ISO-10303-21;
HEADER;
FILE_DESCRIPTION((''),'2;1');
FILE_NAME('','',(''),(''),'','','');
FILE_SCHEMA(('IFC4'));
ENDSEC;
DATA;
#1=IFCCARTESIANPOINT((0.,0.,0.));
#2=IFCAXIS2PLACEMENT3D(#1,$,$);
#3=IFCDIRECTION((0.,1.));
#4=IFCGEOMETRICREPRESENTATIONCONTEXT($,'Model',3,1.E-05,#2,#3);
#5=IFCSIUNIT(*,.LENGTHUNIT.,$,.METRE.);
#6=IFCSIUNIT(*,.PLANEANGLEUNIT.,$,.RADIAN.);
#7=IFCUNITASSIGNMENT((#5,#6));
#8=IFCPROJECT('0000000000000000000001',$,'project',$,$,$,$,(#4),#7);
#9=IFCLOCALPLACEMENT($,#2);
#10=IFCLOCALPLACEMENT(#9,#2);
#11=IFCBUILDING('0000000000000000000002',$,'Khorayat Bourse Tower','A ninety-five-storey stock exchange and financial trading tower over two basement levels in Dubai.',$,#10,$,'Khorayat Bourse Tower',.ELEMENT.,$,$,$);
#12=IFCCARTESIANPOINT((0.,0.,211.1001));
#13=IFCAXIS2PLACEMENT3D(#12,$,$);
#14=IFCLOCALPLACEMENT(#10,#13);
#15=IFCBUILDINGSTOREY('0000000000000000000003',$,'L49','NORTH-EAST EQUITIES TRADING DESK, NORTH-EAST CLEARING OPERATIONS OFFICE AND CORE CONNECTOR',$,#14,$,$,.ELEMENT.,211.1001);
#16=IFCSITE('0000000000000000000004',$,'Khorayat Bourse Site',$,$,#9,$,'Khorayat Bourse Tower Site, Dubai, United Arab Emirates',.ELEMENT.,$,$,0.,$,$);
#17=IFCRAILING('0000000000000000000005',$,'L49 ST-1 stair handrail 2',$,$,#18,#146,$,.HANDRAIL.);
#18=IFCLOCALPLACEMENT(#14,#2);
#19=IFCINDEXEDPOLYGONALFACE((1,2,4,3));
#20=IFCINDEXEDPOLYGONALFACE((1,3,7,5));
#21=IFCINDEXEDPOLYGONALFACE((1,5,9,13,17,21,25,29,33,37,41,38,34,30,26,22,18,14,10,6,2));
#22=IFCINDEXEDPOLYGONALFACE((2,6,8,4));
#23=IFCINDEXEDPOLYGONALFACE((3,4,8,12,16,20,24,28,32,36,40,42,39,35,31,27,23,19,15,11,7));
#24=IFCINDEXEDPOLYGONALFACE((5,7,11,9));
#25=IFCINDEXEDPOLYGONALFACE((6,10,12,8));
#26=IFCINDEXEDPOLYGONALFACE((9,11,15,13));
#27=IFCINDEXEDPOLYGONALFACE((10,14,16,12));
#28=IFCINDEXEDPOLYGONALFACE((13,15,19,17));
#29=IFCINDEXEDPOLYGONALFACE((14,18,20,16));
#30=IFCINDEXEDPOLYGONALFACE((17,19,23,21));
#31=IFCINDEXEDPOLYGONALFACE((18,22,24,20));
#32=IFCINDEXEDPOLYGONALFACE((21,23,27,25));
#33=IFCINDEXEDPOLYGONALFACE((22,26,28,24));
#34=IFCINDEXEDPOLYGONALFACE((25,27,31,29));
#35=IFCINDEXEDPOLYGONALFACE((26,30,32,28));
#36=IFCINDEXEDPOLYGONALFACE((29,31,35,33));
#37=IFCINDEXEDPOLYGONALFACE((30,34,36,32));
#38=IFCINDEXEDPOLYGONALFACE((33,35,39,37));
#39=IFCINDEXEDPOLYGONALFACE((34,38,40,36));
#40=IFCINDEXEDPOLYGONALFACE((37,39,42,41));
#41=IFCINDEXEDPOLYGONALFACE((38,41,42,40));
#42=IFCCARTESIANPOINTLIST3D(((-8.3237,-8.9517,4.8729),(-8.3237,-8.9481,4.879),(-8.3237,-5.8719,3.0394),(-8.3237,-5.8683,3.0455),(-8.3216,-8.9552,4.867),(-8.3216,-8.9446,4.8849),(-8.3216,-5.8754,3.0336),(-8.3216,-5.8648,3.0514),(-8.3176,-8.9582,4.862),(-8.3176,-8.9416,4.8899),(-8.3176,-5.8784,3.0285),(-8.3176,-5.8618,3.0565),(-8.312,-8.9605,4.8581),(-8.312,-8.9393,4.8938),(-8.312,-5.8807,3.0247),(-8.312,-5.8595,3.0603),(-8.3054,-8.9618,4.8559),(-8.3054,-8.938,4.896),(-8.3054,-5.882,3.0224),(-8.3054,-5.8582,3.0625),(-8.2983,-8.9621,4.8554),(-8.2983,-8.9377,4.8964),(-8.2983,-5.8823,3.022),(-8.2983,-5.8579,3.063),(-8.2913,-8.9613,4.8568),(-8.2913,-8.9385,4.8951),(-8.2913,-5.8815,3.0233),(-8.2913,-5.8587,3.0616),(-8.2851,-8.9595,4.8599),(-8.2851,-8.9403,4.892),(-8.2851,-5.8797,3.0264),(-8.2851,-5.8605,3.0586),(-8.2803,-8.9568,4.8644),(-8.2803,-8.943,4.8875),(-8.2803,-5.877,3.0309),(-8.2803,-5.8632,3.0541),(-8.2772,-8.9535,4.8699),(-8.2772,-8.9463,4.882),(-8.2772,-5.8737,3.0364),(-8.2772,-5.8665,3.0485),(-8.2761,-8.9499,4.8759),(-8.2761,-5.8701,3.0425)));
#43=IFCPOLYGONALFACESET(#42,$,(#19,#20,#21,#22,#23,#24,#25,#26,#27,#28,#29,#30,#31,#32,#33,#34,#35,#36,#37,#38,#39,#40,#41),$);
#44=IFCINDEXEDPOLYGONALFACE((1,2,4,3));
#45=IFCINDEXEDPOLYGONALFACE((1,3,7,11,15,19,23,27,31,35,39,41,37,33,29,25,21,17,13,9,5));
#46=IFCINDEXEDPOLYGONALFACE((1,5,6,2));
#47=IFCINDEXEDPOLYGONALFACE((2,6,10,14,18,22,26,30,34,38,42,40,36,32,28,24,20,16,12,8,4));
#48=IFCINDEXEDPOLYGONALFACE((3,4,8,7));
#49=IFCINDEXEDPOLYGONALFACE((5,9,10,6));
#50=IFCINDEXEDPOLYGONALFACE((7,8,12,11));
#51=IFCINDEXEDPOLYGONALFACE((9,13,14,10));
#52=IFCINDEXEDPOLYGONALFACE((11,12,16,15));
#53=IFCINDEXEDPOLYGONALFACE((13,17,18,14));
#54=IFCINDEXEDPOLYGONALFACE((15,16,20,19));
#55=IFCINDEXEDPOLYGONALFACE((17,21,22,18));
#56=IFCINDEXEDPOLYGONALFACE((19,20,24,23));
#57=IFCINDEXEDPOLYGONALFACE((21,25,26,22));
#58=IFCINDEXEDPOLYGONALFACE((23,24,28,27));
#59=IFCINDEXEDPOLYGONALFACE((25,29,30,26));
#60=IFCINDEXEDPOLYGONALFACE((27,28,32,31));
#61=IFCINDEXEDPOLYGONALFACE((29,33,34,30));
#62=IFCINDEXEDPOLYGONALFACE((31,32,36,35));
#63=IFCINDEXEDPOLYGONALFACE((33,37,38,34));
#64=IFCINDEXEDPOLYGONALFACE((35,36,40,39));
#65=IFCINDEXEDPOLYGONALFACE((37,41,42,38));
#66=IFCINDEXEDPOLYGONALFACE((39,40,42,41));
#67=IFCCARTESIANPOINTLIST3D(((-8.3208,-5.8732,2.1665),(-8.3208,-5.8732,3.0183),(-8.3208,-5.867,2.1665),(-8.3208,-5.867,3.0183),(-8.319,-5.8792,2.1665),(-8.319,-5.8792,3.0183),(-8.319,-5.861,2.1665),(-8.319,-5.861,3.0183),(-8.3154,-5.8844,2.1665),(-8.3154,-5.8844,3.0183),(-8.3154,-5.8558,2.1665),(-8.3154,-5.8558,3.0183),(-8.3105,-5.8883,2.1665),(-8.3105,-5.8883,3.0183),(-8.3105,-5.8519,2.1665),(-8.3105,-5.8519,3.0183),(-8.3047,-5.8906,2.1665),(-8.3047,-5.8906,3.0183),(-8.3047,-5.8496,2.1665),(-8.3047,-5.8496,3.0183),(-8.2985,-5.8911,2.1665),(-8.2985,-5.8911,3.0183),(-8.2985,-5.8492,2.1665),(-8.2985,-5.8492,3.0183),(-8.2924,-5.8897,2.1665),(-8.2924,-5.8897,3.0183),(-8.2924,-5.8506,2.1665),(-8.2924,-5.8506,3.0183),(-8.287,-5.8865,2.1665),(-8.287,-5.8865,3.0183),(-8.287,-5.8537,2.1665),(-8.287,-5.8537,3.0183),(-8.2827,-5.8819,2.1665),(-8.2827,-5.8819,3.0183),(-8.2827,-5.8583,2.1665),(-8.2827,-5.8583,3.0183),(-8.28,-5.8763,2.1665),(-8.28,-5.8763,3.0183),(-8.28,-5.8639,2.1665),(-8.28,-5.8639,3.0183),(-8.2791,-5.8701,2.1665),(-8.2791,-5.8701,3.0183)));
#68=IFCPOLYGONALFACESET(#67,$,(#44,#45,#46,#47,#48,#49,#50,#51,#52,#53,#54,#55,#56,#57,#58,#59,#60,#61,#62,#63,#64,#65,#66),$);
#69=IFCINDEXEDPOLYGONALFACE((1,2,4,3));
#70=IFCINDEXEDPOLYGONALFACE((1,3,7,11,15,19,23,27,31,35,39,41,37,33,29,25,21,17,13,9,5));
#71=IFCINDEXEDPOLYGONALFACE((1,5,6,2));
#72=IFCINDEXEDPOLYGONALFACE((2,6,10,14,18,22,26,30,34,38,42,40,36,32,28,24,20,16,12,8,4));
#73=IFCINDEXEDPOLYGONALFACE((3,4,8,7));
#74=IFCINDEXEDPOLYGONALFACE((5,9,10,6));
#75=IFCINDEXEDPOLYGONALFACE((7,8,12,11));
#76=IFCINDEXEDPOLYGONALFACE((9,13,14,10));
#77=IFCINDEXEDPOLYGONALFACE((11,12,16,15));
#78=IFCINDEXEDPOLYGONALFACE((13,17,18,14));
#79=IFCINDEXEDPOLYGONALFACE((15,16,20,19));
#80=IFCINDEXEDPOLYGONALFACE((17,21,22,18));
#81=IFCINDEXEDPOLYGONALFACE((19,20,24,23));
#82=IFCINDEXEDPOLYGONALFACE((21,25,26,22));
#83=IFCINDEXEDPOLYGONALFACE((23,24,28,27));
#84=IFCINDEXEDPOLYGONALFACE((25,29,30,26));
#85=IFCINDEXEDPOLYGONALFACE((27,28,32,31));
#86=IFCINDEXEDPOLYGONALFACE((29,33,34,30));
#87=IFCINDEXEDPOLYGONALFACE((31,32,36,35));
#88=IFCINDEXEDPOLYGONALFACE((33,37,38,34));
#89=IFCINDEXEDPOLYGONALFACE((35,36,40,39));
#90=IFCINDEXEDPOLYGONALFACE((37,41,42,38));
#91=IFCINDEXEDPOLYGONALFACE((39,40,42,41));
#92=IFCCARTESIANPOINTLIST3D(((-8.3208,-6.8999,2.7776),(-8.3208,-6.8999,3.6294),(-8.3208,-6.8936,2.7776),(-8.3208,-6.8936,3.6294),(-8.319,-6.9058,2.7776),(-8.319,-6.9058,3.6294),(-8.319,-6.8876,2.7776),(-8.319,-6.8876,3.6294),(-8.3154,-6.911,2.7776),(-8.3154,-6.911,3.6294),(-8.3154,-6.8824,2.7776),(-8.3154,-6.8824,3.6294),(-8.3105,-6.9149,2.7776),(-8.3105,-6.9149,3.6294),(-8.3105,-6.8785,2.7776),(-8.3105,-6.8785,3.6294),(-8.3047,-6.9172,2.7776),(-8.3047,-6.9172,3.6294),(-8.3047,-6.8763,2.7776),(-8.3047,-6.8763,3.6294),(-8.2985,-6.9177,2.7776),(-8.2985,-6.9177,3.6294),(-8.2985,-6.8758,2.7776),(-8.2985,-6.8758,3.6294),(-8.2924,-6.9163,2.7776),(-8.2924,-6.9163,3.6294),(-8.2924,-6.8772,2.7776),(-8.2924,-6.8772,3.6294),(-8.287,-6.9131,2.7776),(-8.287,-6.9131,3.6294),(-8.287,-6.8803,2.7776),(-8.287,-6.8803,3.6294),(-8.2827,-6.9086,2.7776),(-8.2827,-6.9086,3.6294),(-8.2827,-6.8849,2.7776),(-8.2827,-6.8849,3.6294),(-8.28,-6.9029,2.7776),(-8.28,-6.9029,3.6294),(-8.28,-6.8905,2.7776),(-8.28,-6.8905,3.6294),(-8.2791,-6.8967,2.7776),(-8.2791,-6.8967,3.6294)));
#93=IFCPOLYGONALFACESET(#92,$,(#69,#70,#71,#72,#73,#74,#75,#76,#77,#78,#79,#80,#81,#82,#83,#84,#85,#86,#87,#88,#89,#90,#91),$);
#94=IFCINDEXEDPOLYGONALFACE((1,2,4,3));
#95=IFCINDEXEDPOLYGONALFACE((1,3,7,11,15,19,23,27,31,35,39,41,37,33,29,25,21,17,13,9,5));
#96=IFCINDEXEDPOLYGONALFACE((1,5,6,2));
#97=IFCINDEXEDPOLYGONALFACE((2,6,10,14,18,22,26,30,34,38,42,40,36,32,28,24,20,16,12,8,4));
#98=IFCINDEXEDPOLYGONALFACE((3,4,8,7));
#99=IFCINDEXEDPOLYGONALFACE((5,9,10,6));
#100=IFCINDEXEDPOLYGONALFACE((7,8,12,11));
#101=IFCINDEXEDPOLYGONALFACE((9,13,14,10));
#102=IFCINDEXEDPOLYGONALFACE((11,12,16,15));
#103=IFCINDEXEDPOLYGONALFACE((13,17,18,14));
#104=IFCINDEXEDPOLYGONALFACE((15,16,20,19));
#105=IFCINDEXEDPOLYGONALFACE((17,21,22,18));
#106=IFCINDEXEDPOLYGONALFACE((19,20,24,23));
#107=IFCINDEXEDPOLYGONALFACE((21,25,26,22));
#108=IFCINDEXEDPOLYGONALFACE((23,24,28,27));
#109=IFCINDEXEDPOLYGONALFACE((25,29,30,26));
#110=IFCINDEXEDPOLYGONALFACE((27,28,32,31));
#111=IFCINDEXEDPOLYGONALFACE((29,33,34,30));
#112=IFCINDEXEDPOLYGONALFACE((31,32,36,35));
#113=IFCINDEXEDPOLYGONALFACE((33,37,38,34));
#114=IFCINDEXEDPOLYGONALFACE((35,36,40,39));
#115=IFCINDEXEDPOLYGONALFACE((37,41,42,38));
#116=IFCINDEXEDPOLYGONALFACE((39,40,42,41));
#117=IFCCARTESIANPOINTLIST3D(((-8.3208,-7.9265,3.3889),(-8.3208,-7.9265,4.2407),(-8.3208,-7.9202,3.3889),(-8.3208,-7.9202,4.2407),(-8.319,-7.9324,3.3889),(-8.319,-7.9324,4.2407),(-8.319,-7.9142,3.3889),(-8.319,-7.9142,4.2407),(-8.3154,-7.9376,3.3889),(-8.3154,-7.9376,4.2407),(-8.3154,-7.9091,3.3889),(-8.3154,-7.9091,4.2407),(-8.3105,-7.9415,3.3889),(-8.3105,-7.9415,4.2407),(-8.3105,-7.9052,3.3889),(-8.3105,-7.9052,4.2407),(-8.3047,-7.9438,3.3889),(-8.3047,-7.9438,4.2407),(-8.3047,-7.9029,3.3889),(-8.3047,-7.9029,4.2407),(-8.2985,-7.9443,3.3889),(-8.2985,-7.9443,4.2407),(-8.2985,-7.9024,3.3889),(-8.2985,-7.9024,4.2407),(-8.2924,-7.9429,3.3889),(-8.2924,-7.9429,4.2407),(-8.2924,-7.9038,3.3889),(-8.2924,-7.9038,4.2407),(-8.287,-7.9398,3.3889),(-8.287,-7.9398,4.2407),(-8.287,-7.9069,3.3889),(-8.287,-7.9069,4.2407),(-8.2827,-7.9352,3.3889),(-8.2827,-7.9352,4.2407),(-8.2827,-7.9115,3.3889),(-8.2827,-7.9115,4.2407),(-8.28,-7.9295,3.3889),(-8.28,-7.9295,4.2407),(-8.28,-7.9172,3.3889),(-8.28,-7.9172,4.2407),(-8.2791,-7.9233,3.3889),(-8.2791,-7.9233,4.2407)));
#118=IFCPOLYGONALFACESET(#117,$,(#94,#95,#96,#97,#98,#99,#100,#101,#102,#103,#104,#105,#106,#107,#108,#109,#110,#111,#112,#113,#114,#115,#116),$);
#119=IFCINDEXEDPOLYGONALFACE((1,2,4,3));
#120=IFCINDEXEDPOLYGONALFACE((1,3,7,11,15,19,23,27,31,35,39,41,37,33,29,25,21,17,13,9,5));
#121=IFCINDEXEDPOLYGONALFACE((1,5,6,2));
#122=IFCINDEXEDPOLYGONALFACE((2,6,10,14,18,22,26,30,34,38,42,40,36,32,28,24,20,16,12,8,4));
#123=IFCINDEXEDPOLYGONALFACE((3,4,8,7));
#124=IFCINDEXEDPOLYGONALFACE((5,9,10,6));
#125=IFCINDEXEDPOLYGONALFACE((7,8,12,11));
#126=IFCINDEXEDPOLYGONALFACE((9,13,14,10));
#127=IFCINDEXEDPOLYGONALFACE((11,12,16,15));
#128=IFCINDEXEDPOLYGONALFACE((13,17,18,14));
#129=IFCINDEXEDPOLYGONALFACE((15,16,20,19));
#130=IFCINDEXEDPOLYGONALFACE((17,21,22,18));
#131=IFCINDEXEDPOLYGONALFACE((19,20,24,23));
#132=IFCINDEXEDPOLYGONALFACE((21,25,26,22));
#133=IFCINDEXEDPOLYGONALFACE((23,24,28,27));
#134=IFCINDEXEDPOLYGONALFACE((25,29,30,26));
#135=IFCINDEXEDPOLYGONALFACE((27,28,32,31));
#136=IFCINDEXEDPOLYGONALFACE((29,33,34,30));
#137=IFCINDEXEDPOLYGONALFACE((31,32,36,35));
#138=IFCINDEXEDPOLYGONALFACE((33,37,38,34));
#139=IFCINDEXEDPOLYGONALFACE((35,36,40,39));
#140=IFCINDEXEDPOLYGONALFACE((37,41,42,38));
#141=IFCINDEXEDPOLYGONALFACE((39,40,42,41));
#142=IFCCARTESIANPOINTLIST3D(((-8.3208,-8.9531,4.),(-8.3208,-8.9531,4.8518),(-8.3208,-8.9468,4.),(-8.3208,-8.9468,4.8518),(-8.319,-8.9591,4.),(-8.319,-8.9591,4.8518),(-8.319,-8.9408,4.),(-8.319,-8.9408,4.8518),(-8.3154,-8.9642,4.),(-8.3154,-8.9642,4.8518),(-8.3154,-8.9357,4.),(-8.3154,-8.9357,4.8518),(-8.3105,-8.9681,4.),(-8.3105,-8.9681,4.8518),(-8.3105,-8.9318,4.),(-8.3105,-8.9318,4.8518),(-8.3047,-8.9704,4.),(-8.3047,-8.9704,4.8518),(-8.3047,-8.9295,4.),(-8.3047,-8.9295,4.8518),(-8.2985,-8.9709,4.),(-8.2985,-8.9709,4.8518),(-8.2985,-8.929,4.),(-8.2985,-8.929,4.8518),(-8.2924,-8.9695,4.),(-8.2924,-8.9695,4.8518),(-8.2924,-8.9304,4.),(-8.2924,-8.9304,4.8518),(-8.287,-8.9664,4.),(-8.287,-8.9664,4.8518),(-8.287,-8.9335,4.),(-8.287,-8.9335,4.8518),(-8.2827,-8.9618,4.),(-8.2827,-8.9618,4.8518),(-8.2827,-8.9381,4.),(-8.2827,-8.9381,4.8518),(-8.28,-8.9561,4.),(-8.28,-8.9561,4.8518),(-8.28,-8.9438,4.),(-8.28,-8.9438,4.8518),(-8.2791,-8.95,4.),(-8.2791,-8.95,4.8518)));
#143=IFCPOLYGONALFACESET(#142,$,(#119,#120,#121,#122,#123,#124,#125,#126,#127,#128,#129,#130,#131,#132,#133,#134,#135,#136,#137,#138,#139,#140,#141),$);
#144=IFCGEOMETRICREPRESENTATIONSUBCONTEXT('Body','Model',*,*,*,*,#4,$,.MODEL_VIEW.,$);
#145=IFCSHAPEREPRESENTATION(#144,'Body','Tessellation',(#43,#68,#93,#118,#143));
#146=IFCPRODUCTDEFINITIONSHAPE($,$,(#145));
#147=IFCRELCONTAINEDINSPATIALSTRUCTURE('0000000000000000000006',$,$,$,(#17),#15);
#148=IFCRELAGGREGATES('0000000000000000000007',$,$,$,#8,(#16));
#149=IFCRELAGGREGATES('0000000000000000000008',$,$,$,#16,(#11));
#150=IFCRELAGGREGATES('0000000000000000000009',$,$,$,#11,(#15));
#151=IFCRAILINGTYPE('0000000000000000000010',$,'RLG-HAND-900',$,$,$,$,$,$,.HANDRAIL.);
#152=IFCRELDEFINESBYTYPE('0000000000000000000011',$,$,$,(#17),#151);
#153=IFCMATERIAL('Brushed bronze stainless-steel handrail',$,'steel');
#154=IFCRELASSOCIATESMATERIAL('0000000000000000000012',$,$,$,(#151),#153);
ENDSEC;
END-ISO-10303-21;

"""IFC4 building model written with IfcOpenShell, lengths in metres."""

from ifc_helpers import new_model, si_unit, direction, frame, origin, origin_2d, place, context, subcontext, project, spatial, circle, extrude, source, transform, mapped, material, type_object, element, save


model = new_model("IFC4")

# Units and contexts
model_context = context("Model", 3, precision=1e-05, world=origin(), true_north=direction((0.0, 1.0)))
body_context = subcontext(model_context, "Body", "Model", "MODEL_VIEW")
ifc_project = project(units=[si_unit("LENGTHUNIT", "METRE"), si_unit("PLANEANGLEUNIT", "RADIAN")], contexts=[model_context])

# Site, building, storey
site_placement = place(None, origin())
site = spatial("IfcSite", under=ifc_project, at=site_placement, Name="Khorayat Bourse Site", LongName="Khorayat Bourse Tower Site, Dubai, United Arab Emirates", CompositionType="ELEMENT", RefElevation=0.0)
building_placement = place(site_placement, origin())
building = spatial("IfcBuilding", under=site, at=building_placement, Name="Khorayat Bourse Tower", Description="A ninety-five-storey stock exchange and financial trading tower over two basement levels in Dubai.", LongName="Khorayat Bourse Tower", CompositionType="ELEMENT")
storey_placement = place(building_placement, frame((0.0, 0.0, 211.1001)))
storey = spatial("IfcBuildingStorey", under=building, at=storey_placement, Name="L49", Description="NORTH-EAST EQUITIES TRADING DESK, NORTH-EAST CLEARING OPERATIONS OFFICE AND CORE CONNECTOR", CompositionType="ELEMENT", Elevation=211.1001)

# Railing
ifc_material_1 = material(Name="Brushed bronze stainless-steel handrail", Category="steel")
railing_type_1 = type_object("IfcRailingType", Name="RLG-HAND-900", PredefinedType="HANDRAIL", material=ifc_material_1)
shared_shape_1 = source(origin(), body_context, "Body", "SweptSolid", [
    extrude(circle(Radius=0.0239, at=origin_2d()), frame((0.0, 0.0, 0.876), z_axis=(0.0, -0.859261, 0.511538), x_axis=(1.0, 0.0, 0.0)), (0.0, 0.0, 1.0), 3.5842),
    extrude(circle(Radius=0.021, at=origin_2d()), origin(), (0.0, 0.0, 1.0), 0.8518),
    extrude(circle(Radius=0.021, at=origin_2d()), frame((0.0, -1.0266, 0.6111)), (0.0, 0.0, 1.0), 0.8518),
    extrude(circle(Radius=0.021, at=origin_2d()), frame((0.0, -2.0532, 1.2224)), (0.0, 0.0, 1.0), 0.8518),
    extrude(circle(Radius=0.021, at=origin_2d()), frame((0.0, -3.0798, 1.8335)), (0.0, 0.0, 1.0), 0.8518),
])
railing_1_placement = place(storey_placement, frame((-8.3, -5.8701, 2.1665)))
element("IfcRailing", 1, at=railing_1_placement, inside=storey, type_object=railing_type_1, Name="L49 ST-1 stair handrail 2", PredefinedType="HANDRAIL", context=body_context, shape_type="MappedRepresentation", body=[
    mapped(shared_shape_1, transform((0.0, 0.0, 0.0), scale=1.0)),
])

save(model, "model.ifc")
